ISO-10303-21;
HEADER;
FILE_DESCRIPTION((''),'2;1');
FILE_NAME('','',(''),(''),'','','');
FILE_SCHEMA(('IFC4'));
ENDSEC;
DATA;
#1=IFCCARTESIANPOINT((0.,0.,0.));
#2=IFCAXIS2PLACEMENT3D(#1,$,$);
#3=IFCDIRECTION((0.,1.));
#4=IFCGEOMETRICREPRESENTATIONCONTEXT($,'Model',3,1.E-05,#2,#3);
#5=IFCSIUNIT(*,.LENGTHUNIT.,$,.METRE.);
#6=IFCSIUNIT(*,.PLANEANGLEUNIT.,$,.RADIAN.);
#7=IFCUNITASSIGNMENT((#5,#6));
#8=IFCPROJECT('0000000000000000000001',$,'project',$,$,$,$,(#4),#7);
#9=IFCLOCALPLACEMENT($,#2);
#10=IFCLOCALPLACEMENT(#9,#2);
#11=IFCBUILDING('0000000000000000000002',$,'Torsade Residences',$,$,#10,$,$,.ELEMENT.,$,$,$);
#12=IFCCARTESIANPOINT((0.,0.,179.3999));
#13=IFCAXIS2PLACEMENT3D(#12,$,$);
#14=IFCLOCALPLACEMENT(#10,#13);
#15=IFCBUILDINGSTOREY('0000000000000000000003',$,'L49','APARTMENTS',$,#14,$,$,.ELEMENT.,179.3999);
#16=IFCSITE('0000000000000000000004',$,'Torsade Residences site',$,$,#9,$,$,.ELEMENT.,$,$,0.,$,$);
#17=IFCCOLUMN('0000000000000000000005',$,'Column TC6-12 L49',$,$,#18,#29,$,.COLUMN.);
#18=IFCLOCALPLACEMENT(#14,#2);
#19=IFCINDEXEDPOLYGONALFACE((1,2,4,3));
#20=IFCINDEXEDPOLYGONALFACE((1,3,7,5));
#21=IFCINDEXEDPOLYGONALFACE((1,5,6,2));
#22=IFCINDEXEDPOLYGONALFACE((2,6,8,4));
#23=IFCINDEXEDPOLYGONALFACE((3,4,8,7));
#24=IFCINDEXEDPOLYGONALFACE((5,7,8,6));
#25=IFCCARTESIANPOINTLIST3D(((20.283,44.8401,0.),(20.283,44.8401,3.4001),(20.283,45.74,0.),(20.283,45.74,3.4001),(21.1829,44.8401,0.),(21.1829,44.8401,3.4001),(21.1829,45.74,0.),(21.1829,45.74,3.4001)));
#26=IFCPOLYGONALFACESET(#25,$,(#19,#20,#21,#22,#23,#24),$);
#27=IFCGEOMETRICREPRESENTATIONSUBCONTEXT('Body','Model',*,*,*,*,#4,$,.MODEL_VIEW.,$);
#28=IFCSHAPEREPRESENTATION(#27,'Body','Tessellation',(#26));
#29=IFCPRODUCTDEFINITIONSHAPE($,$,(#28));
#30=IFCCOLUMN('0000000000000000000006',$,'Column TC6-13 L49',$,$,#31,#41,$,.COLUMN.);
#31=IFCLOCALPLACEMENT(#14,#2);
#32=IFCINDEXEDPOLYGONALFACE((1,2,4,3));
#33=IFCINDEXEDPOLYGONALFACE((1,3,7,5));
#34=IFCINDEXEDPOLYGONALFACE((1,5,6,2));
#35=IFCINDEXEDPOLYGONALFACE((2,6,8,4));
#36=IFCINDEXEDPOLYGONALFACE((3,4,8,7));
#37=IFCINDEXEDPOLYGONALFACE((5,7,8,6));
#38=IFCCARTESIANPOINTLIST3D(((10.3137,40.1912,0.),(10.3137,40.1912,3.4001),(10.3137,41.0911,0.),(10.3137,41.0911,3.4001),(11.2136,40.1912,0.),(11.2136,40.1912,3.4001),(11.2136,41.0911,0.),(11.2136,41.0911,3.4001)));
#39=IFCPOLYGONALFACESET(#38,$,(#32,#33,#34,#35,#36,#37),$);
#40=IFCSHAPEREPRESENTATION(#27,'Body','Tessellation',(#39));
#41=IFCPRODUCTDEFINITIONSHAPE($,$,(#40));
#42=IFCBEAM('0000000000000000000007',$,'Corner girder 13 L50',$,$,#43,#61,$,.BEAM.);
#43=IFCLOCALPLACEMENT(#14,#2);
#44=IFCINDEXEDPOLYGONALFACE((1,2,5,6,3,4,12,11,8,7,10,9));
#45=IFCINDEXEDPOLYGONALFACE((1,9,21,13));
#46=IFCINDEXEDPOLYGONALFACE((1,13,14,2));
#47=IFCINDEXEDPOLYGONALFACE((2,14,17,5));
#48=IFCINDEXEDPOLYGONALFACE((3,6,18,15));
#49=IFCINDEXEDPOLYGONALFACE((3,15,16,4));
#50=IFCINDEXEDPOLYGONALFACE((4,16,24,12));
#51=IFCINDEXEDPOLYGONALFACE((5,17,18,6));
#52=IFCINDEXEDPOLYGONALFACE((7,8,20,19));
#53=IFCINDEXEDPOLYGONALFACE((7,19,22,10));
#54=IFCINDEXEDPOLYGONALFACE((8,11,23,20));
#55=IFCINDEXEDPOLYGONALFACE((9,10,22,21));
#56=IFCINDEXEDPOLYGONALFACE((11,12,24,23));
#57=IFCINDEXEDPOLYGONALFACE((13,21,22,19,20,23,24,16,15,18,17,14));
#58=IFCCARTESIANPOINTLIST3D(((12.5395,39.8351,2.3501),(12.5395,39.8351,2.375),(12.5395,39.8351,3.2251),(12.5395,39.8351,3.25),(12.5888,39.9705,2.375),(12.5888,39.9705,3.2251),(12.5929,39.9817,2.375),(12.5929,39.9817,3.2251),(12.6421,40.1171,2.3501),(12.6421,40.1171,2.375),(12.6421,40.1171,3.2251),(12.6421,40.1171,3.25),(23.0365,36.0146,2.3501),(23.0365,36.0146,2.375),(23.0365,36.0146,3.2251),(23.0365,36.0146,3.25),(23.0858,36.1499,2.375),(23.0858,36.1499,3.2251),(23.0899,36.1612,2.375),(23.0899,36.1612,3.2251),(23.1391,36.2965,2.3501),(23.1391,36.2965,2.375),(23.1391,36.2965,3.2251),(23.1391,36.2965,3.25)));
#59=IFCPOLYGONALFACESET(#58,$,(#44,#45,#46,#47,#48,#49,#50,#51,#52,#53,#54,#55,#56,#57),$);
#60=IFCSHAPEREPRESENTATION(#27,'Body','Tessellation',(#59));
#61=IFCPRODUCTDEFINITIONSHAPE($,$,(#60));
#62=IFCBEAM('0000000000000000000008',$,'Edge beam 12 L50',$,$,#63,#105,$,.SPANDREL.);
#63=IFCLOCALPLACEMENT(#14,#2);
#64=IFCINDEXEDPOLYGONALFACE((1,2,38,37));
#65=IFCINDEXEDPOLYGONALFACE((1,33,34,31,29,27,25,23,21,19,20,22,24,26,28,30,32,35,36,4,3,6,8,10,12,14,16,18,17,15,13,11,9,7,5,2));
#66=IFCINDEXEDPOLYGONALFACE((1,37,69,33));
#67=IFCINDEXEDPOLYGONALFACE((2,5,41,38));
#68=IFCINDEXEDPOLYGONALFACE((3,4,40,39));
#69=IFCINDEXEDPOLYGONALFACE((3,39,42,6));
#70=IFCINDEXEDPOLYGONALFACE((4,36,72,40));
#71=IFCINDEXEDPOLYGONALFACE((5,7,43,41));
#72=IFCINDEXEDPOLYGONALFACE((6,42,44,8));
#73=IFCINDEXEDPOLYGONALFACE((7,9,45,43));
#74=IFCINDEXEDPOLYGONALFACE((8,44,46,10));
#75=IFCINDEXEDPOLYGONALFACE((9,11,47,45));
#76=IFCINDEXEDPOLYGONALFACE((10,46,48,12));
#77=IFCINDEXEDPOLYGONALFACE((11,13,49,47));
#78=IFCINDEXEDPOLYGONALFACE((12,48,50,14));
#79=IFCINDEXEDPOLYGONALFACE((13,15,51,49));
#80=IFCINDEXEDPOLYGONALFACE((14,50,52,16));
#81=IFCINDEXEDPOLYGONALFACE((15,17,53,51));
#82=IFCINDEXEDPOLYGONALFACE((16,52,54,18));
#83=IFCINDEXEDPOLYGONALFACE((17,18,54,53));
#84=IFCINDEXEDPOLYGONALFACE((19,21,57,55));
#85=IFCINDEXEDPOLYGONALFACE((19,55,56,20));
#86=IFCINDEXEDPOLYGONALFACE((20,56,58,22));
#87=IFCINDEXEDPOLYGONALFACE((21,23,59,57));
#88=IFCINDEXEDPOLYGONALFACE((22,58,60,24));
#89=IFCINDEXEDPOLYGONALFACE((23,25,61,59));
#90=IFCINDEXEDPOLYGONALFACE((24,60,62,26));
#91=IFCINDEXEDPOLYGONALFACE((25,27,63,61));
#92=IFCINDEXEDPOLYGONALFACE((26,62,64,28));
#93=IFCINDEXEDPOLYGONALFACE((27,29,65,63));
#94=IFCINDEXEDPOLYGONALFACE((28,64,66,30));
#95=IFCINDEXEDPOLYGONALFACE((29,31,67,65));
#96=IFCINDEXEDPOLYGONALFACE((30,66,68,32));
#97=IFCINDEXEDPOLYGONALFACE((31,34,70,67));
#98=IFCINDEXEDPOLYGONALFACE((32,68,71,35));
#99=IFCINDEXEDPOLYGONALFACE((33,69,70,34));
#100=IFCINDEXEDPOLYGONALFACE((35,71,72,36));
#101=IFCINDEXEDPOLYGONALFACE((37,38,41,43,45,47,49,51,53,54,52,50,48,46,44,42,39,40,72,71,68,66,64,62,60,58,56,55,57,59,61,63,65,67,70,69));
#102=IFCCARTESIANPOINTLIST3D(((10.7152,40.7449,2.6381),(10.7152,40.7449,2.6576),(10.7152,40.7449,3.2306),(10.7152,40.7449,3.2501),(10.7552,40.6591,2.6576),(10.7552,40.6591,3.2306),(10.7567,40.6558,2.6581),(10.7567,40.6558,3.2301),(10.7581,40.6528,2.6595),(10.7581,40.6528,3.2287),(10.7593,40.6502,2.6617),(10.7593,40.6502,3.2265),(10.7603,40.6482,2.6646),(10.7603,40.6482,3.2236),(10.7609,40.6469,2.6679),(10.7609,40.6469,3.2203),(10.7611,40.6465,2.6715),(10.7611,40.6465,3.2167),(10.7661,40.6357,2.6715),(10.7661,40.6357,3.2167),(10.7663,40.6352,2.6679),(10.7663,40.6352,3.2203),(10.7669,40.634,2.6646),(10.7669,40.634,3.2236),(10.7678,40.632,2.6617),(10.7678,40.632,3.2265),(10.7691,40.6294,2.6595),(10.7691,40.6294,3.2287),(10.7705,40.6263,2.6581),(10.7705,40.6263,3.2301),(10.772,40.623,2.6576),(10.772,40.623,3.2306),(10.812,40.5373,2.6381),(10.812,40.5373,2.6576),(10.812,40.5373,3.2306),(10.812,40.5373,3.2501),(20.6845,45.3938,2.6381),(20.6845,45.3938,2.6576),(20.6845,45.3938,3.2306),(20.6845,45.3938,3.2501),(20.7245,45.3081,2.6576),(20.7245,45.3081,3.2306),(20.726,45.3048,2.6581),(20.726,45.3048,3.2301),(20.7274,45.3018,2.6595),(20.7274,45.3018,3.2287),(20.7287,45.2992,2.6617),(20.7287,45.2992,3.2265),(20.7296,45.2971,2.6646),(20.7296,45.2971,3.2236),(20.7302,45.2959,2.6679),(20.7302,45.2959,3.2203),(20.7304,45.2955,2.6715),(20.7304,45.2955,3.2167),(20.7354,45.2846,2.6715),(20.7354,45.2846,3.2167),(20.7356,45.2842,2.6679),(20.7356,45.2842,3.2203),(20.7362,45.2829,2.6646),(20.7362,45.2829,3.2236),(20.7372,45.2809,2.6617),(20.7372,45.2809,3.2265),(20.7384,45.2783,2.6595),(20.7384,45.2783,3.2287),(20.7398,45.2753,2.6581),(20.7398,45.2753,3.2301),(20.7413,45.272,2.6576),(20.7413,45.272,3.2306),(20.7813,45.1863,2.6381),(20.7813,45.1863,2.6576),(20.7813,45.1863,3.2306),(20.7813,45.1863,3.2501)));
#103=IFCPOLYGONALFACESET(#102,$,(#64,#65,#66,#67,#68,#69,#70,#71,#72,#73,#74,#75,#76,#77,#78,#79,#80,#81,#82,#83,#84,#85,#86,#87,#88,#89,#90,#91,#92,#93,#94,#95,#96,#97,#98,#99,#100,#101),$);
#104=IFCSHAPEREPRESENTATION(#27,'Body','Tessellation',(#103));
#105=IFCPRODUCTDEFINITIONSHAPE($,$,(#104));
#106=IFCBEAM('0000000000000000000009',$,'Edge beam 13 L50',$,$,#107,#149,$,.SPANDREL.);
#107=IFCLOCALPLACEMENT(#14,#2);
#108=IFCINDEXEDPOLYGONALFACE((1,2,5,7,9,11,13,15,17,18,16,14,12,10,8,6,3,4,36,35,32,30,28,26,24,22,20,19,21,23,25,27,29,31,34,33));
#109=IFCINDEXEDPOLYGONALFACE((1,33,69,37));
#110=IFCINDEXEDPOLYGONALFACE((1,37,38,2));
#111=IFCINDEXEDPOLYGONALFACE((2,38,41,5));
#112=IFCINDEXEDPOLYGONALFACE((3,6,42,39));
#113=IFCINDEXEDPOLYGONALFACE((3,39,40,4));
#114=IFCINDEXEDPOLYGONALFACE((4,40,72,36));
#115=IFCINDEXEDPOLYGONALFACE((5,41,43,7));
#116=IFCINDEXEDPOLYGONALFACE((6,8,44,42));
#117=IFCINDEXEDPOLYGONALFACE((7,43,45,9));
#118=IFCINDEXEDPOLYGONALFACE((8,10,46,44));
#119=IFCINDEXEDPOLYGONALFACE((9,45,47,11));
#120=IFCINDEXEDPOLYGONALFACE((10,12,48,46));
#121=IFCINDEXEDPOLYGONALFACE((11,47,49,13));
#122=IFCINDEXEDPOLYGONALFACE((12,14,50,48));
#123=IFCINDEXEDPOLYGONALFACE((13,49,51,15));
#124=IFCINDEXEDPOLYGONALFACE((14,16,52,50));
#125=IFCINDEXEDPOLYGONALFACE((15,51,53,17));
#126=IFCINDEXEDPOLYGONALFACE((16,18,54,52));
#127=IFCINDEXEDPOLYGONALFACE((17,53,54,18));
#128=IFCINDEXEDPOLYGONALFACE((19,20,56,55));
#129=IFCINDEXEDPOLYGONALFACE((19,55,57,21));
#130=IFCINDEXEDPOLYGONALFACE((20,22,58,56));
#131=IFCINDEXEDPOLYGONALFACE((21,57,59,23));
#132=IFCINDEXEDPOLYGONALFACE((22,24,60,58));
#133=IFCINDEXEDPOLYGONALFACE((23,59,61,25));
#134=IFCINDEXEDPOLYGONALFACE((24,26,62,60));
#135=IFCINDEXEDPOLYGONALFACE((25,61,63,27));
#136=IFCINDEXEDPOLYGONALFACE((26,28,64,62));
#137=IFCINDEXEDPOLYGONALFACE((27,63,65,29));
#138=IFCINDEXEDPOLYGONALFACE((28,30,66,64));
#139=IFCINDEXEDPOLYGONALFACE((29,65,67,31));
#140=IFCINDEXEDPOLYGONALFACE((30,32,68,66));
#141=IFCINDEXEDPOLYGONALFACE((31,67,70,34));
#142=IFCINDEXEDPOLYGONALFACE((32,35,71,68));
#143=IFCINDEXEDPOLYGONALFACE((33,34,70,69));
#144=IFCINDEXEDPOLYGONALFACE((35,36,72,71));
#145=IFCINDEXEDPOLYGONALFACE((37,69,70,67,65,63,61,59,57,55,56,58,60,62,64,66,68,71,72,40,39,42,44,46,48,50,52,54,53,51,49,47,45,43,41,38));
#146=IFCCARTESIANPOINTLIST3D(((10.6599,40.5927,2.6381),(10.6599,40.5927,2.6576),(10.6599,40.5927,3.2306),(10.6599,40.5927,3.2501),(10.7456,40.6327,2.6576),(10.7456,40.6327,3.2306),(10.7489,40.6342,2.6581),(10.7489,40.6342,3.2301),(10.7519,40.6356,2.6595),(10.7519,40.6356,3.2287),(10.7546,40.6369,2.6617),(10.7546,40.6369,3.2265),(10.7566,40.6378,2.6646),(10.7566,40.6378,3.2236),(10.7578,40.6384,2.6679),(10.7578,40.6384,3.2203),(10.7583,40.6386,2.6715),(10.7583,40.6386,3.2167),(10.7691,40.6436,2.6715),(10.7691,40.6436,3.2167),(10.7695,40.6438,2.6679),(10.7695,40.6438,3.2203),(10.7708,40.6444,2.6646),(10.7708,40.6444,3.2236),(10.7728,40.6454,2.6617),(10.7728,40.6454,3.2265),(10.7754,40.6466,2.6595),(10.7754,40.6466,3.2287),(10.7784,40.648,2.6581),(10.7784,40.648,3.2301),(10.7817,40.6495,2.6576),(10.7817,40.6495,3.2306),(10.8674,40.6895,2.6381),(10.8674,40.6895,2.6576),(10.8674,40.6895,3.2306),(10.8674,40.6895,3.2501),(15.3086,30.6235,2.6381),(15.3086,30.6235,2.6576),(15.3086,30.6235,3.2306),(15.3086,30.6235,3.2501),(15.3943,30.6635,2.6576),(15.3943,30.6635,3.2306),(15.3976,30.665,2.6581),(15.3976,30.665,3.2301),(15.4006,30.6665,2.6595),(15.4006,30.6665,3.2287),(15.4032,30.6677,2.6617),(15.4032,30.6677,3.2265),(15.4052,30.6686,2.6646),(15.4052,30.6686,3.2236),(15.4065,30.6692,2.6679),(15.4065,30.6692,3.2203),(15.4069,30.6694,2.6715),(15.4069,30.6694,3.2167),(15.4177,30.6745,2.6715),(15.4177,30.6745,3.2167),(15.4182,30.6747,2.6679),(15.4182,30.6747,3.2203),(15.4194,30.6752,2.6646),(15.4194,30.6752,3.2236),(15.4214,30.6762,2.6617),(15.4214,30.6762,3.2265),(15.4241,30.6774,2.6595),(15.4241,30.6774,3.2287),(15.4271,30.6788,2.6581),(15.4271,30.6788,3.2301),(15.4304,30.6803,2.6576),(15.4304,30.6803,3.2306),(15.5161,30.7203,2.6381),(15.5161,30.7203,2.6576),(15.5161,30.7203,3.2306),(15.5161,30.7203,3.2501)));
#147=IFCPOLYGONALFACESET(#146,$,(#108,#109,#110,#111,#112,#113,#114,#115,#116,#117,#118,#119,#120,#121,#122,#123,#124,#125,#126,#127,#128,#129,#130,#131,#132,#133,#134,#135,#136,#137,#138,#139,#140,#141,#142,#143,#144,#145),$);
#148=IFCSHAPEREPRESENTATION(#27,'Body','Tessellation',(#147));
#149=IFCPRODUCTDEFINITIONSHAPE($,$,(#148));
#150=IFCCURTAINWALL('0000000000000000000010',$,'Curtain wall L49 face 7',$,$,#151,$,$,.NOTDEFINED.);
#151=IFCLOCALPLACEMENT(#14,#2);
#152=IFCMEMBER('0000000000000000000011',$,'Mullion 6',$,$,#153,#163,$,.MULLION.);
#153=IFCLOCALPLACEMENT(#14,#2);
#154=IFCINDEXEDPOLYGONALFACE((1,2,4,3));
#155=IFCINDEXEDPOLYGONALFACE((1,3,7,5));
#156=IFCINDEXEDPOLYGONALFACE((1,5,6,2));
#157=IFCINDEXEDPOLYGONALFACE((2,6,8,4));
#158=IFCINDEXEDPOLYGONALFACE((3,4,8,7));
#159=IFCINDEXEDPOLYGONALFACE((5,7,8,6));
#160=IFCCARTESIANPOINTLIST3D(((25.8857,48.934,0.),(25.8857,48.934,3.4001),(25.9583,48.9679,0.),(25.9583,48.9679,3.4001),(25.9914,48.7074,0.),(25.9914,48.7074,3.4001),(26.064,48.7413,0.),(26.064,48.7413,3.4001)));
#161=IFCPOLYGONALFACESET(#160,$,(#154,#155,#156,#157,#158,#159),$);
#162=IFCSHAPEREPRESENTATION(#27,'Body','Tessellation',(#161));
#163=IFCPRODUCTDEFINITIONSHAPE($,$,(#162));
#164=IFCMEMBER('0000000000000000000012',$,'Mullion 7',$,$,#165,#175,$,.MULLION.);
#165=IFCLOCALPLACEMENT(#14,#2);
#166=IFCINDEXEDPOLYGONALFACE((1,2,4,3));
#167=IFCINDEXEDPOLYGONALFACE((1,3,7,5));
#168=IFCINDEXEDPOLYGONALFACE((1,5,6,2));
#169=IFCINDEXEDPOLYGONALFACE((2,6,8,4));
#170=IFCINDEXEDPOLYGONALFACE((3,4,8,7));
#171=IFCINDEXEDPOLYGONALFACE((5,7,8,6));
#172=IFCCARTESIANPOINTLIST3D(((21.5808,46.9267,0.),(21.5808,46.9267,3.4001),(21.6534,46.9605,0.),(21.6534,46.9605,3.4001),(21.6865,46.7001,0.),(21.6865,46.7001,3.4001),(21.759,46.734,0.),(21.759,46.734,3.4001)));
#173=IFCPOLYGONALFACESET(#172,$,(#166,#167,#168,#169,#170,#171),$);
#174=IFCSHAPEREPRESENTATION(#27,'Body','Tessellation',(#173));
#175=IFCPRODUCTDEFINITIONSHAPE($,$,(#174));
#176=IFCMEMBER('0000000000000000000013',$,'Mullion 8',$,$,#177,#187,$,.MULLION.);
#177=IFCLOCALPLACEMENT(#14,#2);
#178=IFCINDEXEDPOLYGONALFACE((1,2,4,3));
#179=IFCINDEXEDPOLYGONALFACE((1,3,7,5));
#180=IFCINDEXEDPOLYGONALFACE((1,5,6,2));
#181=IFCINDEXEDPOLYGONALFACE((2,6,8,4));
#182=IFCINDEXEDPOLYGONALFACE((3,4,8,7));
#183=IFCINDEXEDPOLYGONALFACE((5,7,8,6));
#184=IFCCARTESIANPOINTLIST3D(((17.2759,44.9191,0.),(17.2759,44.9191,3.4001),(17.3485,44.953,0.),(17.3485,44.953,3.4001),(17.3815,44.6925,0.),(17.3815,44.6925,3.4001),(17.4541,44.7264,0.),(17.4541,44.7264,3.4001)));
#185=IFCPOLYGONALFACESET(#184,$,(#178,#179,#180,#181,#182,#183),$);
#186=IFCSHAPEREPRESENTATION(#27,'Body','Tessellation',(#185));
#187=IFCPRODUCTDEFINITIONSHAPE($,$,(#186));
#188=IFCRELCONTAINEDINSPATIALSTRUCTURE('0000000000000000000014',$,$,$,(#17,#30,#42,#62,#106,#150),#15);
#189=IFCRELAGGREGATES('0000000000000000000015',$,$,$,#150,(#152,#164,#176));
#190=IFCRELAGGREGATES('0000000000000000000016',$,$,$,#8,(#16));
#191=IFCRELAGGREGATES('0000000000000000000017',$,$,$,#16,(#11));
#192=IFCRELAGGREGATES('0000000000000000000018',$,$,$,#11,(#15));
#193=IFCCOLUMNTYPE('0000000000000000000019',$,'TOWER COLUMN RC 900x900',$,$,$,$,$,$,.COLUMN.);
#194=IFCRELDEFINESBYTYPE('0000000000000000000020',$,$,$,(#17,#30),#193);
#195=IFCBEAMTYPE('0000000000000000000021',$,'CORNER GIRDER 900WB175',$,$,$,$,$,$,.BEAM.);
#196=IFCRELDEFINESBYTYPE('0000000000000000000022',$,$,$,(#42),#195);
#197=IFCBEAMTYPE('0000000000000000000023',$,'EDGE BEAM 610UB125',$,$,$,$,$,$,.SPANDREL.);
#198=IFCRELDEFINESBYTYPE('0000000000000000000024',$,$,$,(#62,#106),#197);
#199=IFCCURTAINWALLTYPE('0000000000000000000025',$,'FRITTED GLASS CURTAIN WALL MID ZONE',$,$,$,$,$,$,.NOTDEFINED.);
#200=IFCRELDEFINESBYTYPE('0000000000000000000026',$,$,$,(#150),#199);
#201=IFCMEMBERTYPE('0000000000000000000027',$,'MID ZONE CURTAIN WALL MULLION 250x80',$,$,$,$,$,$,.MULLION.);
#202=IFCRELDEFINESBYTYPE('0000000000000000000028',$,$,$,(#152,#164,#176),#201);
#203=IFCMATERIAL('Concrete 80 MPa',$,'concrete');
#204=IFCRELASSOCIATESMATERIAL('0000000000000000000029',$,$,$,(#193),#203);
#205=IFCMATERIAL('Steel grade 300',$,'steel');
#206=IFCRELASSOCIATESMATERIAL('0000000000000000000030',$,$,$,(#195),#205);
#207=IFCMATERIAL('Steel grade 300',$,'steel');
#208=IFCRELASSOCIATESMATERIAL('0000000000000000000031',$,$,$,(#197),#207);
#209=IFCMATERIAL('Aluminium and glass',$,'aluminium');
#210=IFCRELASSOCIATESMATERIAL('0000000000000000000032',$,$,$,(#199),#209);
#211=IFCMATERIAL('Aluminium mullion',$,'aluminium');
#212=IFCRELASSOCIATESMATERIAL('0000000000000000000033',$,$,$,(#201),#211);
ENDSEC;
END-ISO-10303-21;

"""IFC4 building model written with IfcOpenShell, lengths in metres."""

from ifc_helpers import new_model, si_unit, direction, frame, origin, origin_2d, place, context, subcontext, project, spatial, rectangle, i_section, extrude, material, material_profile, profile_set, type_object, element, aggregate, save


model = new_model("IFC4")

# Units and contexts
model_context = context("Model", 3, precision=1e-05, world=origin(), true_north=direction((0.0, 1.0)))
body_context = subcontext(model_context, "Body", "Model", "MODEL_VIEW")
ifc_project = project(units=[si_unit("LENGTHUNIT", "METRE"), si_unit("PLANEANGLEUNIT", "RADIAN")], contexts=[model_context])

# Site, building, storey
site_placement = place(None, origin())
site = spatial("IfcSite", under=ifc_project, at=site_placement, Name="Torsade Residences site", CompositionType="ELEMENT", RefElevation=0.0)
building_placement = place(site_placement, origin())
building = spatial("IfcBuilding", under=site, at=building_placement, Name="Torsade Residences", CompositionType="ELEMENT")
storey_placement = place(building_placement, frame((0.0, 0.0, 179.3999)))
storey = spatial("IfcBuildingStorey", under=building, at=storey_placement, Name="L49", Description="APARTMENTS", CompositionType="ELEMENT", Elevation=179.3999)

# Columns
ifc_material_1 = material(Name="Concrete 80 MPa", Category="concrete")
ifc_material_profile_1 = material_profile(ifc_material_1, rectangle(XDim=0.8999, YDim=0.8999, at=origin_2d()), Name="RC 900x900")
ifc_profile_set_1 = profile_set([ifc_material_profile_1], Name="Concrete 80 MPa")
column_type = type_object("IfcColumnType", Name="TOWER COLUMN RC 900x900", PredefinedType="COLUMN", material=ifc_profile_set_1)
for number, where, z_axis, x_axis, name in (
    (1, (20.7329, 45.29, 0.0), (0.0, 0.0, 1.0), (1.0, 0.0, 0.0), "Column TC6-12 L49"),
    (2, (10.7637, 40.6411, 0.0), (0.0, 0.0, 1.0), (1.0, 0.0, 0.0), "Column TC6-13 L49"),
):
    element("IfcColumn", number, at=place(storey_placement, frame(where, z_axis=z_axis, x_axis=x_axis)), inside=storey, type_object=column_type, Name=name, PredefinedType="COLUMN", context=body_context, shape_type="SweptSolid", body=[
        extrude(rectangle(XDim=0.8999, YDim=0.8999, at=origin_2d()), origin(), (0.0, 0.0, 1.0), 3.4001),
    ])

# Beams
ifc_material_2 = material(Name="Steel grade 300", Category="steel")
ifc_material_profile_2 = material_profile(ifc_material_2, i_section(OverallWidth=0.3, OverallDepth=0.8999, WebThickness=0.012, FlangeThickness=0.0249, at=origin_2d()), Name="900WB175")
ifc_profile_set_2 = profile_set([ifc_material_profile_2], Name="Steel grade 300")
beam_type_1 = type_object("IfcBeamType", Name="CORNER GIRDER 900WB175", PredefinedType="BEAM", material=ifc_profile_set_2)
beam_1_placement = place(storey_placement, frame((12.5908, 39.9761, 2.8), z_axis=(0.939694, -0.342015, 0.0), x_axis=(0.342015, 0.939694, 0.0)))
element("IfcBeam", 3, at=beam_1_placement, inside=storey, type_object=beam_type_1, Name="Corner girder 13 L50", PredefinedType="BEAM", context=body_context, shape_type="SweptSolid", body=[
    extrude(i_section(OverallWidth=0.3, OverallDepth=0.8999, WebThickness=0.012, FlangeThickness=0.0249, at=origin_2d()), origin(), (0.0, 0.0, 1.0), 11.1707),
])
ifc_material_3 = material(Name="Steel grade 300", Category="steel")
ifc_material_profile_3 = material_profile(ifc_material_3, i_section(OverallWidth=0.229, OverallDepth=0.6121, WebThickness=0.012, FlangeThickness=0.0195, FilletRadius=0.0139, at=origin_2d()), Name="610UB125")
ifc_profile_set_3 = profile_set([ifc_material_profile_3], Name="Steel grade 300")
beam_type_2 = type_object("IfcBeamType", Name="EDGE BEAM 610UB125", PredefinedType="SPANDREL", material=ifc_profile_set_3)
beam_2_placement = place(storey_placement, frame((20.7329, 45.29, 2.9441), z_axis=(-0.906301, -0.422633, 0.0), x_axis=(0.422633, -0.906301, 0.0)))
element("IfcBeam", 4, at=beam_2_placement, inside=storey, type_object=beam_type_2, Name="Edge beam 12 L50", PredefinedType="SPANDREL", context=body_context, shape_type="SweptSolid", body=[
    extrude(i_section(OverallWidth=0.229, OverallDepth=0.6121, WebThickness=0.012, FlangeThickness=0.0195, FilletRadius=0.0139, at=origin_2d()), origin(), (0.0, 0.0, 1.0), 11.0),
])
beam_3_placement = place(storey_placement, frame((10.7637, 40.6411, 2.9441), z_axis=(0.422614, -0.90631, 0.0), x_axis=(0.90631, 0.422614, 0.0)))
element("IfcBeam", 5, at=beam_3_placement, inside=storey, type_object=beam_type_2, Name="Edge beam 13 L50", PredefinedType="SPANDREL", context=body_context, shape_type="SweptSolid", body=[
    extrude(i_section(OverallWidth=0.229, OverallDepth=0.6121, WebThickness=0.012, FlangeThickness=0.0195, FilletRadius=0.0139, at=origin_2d()), origin(), (0.0, 0.0, 1.0), 10.9998),
])

# Curtain wall, members
ifc_material_4 = material(Name="Aluminium and glass", Category="aluminium")
curtain_wall_type = type_object("IfcCurtainWallType", Name="FRITTED GLASS CURTAIN WALL MID ZONE", PredefinedType="NOTDEFINED", material=ifc_material_4)
curtain_wall_placement = place(storey_placement, origin())
curtain_wall = element("IfcCurtainWall", 6, at=curtain_wall_placement, inside=storey, type_object=curtain_wall_type, Name="Curtain wall L49 face 7", PredefinedType="NOTDEFINED")
ifc_material_5 = material(Name="Aluminium mullion", Category="aluminium")
ifc_material_profile_4 = material_profile(ifc_material_5, rectangle(XDim=0.25, YDim=0.0801, at=origin_2d()), Name="MID ZONE CURTAIN WALL MULLION 250x80")
ifc_profile_set_4 = profile_set([ifc_material_profile_4], Name="Aluminium mullion")
member_type_1 = type_object("IfcMemberType", Name="MID ZONE CURTAIN WALL MULLION 250x80", PredefinedType="MULLION", material=ifc_profile_set_4)
member_1_placement = place(storey_placement, frame((25.9749, 48.8376, 0.0), z_axis=(0.0, 0.0, 1.0), x_axis=(0.422618, -0.906308, 0.0)))
member_1 = element("IfcMember", 7, at=member_1_placement, type_object=member_type_1, Name="Mullion 6", PredefinedType="MULLION", context=body_context, shape_type="SweptSolid", body=[
    extrude(rectangle(XDim=0.25, YDim=0.0801, at=origin_2d()), origin(), (0.0, 0.0, 1.0), 3.4001),
])
member_2_placement = place(storey_placement, frame((21.6699, 46.8303, 0.0), z_axis=(0.0, 0.0, 1.0), x_axis=(0.422618, -0.906308, 0.0)))
member_2 = element("IfcMember", 8, at=member_2_placement, type_object=member_type_1, Name="Mullion 7", PredefinedType="MULLION", context=body_context, shape_type="SweptSolid", body=[
    extrude(rectangle(XDim=0.25, YDim=0.0801, at=origin_2d()), origin(), (0.0, 0.0, 1.0), 3.4001),
])
member_3_placement = place(storey_placement, frame((17.365, 44.8228, 0.0), z_axis=(0.0, 0.0, 1.0), x_axis=(0.422618, -0.906308, 0.0)))
member_3 = element("IfcMember", 9, at=member_3_placement, type_object=member_type_1, Name="Mullion 8", PredefinedType="MULLION", context=body_context, shape_type="SweptSolid", body=[
    extrude(rectangle(XDim=0.25, YDim=0.0801, at=origin_2d()), origin(), (0.0, 0.0, 1.0), 3.4001),
])

aggregate(curtain_wall, [member_1, member_2, member_3])

save(model, "model.ifc")
